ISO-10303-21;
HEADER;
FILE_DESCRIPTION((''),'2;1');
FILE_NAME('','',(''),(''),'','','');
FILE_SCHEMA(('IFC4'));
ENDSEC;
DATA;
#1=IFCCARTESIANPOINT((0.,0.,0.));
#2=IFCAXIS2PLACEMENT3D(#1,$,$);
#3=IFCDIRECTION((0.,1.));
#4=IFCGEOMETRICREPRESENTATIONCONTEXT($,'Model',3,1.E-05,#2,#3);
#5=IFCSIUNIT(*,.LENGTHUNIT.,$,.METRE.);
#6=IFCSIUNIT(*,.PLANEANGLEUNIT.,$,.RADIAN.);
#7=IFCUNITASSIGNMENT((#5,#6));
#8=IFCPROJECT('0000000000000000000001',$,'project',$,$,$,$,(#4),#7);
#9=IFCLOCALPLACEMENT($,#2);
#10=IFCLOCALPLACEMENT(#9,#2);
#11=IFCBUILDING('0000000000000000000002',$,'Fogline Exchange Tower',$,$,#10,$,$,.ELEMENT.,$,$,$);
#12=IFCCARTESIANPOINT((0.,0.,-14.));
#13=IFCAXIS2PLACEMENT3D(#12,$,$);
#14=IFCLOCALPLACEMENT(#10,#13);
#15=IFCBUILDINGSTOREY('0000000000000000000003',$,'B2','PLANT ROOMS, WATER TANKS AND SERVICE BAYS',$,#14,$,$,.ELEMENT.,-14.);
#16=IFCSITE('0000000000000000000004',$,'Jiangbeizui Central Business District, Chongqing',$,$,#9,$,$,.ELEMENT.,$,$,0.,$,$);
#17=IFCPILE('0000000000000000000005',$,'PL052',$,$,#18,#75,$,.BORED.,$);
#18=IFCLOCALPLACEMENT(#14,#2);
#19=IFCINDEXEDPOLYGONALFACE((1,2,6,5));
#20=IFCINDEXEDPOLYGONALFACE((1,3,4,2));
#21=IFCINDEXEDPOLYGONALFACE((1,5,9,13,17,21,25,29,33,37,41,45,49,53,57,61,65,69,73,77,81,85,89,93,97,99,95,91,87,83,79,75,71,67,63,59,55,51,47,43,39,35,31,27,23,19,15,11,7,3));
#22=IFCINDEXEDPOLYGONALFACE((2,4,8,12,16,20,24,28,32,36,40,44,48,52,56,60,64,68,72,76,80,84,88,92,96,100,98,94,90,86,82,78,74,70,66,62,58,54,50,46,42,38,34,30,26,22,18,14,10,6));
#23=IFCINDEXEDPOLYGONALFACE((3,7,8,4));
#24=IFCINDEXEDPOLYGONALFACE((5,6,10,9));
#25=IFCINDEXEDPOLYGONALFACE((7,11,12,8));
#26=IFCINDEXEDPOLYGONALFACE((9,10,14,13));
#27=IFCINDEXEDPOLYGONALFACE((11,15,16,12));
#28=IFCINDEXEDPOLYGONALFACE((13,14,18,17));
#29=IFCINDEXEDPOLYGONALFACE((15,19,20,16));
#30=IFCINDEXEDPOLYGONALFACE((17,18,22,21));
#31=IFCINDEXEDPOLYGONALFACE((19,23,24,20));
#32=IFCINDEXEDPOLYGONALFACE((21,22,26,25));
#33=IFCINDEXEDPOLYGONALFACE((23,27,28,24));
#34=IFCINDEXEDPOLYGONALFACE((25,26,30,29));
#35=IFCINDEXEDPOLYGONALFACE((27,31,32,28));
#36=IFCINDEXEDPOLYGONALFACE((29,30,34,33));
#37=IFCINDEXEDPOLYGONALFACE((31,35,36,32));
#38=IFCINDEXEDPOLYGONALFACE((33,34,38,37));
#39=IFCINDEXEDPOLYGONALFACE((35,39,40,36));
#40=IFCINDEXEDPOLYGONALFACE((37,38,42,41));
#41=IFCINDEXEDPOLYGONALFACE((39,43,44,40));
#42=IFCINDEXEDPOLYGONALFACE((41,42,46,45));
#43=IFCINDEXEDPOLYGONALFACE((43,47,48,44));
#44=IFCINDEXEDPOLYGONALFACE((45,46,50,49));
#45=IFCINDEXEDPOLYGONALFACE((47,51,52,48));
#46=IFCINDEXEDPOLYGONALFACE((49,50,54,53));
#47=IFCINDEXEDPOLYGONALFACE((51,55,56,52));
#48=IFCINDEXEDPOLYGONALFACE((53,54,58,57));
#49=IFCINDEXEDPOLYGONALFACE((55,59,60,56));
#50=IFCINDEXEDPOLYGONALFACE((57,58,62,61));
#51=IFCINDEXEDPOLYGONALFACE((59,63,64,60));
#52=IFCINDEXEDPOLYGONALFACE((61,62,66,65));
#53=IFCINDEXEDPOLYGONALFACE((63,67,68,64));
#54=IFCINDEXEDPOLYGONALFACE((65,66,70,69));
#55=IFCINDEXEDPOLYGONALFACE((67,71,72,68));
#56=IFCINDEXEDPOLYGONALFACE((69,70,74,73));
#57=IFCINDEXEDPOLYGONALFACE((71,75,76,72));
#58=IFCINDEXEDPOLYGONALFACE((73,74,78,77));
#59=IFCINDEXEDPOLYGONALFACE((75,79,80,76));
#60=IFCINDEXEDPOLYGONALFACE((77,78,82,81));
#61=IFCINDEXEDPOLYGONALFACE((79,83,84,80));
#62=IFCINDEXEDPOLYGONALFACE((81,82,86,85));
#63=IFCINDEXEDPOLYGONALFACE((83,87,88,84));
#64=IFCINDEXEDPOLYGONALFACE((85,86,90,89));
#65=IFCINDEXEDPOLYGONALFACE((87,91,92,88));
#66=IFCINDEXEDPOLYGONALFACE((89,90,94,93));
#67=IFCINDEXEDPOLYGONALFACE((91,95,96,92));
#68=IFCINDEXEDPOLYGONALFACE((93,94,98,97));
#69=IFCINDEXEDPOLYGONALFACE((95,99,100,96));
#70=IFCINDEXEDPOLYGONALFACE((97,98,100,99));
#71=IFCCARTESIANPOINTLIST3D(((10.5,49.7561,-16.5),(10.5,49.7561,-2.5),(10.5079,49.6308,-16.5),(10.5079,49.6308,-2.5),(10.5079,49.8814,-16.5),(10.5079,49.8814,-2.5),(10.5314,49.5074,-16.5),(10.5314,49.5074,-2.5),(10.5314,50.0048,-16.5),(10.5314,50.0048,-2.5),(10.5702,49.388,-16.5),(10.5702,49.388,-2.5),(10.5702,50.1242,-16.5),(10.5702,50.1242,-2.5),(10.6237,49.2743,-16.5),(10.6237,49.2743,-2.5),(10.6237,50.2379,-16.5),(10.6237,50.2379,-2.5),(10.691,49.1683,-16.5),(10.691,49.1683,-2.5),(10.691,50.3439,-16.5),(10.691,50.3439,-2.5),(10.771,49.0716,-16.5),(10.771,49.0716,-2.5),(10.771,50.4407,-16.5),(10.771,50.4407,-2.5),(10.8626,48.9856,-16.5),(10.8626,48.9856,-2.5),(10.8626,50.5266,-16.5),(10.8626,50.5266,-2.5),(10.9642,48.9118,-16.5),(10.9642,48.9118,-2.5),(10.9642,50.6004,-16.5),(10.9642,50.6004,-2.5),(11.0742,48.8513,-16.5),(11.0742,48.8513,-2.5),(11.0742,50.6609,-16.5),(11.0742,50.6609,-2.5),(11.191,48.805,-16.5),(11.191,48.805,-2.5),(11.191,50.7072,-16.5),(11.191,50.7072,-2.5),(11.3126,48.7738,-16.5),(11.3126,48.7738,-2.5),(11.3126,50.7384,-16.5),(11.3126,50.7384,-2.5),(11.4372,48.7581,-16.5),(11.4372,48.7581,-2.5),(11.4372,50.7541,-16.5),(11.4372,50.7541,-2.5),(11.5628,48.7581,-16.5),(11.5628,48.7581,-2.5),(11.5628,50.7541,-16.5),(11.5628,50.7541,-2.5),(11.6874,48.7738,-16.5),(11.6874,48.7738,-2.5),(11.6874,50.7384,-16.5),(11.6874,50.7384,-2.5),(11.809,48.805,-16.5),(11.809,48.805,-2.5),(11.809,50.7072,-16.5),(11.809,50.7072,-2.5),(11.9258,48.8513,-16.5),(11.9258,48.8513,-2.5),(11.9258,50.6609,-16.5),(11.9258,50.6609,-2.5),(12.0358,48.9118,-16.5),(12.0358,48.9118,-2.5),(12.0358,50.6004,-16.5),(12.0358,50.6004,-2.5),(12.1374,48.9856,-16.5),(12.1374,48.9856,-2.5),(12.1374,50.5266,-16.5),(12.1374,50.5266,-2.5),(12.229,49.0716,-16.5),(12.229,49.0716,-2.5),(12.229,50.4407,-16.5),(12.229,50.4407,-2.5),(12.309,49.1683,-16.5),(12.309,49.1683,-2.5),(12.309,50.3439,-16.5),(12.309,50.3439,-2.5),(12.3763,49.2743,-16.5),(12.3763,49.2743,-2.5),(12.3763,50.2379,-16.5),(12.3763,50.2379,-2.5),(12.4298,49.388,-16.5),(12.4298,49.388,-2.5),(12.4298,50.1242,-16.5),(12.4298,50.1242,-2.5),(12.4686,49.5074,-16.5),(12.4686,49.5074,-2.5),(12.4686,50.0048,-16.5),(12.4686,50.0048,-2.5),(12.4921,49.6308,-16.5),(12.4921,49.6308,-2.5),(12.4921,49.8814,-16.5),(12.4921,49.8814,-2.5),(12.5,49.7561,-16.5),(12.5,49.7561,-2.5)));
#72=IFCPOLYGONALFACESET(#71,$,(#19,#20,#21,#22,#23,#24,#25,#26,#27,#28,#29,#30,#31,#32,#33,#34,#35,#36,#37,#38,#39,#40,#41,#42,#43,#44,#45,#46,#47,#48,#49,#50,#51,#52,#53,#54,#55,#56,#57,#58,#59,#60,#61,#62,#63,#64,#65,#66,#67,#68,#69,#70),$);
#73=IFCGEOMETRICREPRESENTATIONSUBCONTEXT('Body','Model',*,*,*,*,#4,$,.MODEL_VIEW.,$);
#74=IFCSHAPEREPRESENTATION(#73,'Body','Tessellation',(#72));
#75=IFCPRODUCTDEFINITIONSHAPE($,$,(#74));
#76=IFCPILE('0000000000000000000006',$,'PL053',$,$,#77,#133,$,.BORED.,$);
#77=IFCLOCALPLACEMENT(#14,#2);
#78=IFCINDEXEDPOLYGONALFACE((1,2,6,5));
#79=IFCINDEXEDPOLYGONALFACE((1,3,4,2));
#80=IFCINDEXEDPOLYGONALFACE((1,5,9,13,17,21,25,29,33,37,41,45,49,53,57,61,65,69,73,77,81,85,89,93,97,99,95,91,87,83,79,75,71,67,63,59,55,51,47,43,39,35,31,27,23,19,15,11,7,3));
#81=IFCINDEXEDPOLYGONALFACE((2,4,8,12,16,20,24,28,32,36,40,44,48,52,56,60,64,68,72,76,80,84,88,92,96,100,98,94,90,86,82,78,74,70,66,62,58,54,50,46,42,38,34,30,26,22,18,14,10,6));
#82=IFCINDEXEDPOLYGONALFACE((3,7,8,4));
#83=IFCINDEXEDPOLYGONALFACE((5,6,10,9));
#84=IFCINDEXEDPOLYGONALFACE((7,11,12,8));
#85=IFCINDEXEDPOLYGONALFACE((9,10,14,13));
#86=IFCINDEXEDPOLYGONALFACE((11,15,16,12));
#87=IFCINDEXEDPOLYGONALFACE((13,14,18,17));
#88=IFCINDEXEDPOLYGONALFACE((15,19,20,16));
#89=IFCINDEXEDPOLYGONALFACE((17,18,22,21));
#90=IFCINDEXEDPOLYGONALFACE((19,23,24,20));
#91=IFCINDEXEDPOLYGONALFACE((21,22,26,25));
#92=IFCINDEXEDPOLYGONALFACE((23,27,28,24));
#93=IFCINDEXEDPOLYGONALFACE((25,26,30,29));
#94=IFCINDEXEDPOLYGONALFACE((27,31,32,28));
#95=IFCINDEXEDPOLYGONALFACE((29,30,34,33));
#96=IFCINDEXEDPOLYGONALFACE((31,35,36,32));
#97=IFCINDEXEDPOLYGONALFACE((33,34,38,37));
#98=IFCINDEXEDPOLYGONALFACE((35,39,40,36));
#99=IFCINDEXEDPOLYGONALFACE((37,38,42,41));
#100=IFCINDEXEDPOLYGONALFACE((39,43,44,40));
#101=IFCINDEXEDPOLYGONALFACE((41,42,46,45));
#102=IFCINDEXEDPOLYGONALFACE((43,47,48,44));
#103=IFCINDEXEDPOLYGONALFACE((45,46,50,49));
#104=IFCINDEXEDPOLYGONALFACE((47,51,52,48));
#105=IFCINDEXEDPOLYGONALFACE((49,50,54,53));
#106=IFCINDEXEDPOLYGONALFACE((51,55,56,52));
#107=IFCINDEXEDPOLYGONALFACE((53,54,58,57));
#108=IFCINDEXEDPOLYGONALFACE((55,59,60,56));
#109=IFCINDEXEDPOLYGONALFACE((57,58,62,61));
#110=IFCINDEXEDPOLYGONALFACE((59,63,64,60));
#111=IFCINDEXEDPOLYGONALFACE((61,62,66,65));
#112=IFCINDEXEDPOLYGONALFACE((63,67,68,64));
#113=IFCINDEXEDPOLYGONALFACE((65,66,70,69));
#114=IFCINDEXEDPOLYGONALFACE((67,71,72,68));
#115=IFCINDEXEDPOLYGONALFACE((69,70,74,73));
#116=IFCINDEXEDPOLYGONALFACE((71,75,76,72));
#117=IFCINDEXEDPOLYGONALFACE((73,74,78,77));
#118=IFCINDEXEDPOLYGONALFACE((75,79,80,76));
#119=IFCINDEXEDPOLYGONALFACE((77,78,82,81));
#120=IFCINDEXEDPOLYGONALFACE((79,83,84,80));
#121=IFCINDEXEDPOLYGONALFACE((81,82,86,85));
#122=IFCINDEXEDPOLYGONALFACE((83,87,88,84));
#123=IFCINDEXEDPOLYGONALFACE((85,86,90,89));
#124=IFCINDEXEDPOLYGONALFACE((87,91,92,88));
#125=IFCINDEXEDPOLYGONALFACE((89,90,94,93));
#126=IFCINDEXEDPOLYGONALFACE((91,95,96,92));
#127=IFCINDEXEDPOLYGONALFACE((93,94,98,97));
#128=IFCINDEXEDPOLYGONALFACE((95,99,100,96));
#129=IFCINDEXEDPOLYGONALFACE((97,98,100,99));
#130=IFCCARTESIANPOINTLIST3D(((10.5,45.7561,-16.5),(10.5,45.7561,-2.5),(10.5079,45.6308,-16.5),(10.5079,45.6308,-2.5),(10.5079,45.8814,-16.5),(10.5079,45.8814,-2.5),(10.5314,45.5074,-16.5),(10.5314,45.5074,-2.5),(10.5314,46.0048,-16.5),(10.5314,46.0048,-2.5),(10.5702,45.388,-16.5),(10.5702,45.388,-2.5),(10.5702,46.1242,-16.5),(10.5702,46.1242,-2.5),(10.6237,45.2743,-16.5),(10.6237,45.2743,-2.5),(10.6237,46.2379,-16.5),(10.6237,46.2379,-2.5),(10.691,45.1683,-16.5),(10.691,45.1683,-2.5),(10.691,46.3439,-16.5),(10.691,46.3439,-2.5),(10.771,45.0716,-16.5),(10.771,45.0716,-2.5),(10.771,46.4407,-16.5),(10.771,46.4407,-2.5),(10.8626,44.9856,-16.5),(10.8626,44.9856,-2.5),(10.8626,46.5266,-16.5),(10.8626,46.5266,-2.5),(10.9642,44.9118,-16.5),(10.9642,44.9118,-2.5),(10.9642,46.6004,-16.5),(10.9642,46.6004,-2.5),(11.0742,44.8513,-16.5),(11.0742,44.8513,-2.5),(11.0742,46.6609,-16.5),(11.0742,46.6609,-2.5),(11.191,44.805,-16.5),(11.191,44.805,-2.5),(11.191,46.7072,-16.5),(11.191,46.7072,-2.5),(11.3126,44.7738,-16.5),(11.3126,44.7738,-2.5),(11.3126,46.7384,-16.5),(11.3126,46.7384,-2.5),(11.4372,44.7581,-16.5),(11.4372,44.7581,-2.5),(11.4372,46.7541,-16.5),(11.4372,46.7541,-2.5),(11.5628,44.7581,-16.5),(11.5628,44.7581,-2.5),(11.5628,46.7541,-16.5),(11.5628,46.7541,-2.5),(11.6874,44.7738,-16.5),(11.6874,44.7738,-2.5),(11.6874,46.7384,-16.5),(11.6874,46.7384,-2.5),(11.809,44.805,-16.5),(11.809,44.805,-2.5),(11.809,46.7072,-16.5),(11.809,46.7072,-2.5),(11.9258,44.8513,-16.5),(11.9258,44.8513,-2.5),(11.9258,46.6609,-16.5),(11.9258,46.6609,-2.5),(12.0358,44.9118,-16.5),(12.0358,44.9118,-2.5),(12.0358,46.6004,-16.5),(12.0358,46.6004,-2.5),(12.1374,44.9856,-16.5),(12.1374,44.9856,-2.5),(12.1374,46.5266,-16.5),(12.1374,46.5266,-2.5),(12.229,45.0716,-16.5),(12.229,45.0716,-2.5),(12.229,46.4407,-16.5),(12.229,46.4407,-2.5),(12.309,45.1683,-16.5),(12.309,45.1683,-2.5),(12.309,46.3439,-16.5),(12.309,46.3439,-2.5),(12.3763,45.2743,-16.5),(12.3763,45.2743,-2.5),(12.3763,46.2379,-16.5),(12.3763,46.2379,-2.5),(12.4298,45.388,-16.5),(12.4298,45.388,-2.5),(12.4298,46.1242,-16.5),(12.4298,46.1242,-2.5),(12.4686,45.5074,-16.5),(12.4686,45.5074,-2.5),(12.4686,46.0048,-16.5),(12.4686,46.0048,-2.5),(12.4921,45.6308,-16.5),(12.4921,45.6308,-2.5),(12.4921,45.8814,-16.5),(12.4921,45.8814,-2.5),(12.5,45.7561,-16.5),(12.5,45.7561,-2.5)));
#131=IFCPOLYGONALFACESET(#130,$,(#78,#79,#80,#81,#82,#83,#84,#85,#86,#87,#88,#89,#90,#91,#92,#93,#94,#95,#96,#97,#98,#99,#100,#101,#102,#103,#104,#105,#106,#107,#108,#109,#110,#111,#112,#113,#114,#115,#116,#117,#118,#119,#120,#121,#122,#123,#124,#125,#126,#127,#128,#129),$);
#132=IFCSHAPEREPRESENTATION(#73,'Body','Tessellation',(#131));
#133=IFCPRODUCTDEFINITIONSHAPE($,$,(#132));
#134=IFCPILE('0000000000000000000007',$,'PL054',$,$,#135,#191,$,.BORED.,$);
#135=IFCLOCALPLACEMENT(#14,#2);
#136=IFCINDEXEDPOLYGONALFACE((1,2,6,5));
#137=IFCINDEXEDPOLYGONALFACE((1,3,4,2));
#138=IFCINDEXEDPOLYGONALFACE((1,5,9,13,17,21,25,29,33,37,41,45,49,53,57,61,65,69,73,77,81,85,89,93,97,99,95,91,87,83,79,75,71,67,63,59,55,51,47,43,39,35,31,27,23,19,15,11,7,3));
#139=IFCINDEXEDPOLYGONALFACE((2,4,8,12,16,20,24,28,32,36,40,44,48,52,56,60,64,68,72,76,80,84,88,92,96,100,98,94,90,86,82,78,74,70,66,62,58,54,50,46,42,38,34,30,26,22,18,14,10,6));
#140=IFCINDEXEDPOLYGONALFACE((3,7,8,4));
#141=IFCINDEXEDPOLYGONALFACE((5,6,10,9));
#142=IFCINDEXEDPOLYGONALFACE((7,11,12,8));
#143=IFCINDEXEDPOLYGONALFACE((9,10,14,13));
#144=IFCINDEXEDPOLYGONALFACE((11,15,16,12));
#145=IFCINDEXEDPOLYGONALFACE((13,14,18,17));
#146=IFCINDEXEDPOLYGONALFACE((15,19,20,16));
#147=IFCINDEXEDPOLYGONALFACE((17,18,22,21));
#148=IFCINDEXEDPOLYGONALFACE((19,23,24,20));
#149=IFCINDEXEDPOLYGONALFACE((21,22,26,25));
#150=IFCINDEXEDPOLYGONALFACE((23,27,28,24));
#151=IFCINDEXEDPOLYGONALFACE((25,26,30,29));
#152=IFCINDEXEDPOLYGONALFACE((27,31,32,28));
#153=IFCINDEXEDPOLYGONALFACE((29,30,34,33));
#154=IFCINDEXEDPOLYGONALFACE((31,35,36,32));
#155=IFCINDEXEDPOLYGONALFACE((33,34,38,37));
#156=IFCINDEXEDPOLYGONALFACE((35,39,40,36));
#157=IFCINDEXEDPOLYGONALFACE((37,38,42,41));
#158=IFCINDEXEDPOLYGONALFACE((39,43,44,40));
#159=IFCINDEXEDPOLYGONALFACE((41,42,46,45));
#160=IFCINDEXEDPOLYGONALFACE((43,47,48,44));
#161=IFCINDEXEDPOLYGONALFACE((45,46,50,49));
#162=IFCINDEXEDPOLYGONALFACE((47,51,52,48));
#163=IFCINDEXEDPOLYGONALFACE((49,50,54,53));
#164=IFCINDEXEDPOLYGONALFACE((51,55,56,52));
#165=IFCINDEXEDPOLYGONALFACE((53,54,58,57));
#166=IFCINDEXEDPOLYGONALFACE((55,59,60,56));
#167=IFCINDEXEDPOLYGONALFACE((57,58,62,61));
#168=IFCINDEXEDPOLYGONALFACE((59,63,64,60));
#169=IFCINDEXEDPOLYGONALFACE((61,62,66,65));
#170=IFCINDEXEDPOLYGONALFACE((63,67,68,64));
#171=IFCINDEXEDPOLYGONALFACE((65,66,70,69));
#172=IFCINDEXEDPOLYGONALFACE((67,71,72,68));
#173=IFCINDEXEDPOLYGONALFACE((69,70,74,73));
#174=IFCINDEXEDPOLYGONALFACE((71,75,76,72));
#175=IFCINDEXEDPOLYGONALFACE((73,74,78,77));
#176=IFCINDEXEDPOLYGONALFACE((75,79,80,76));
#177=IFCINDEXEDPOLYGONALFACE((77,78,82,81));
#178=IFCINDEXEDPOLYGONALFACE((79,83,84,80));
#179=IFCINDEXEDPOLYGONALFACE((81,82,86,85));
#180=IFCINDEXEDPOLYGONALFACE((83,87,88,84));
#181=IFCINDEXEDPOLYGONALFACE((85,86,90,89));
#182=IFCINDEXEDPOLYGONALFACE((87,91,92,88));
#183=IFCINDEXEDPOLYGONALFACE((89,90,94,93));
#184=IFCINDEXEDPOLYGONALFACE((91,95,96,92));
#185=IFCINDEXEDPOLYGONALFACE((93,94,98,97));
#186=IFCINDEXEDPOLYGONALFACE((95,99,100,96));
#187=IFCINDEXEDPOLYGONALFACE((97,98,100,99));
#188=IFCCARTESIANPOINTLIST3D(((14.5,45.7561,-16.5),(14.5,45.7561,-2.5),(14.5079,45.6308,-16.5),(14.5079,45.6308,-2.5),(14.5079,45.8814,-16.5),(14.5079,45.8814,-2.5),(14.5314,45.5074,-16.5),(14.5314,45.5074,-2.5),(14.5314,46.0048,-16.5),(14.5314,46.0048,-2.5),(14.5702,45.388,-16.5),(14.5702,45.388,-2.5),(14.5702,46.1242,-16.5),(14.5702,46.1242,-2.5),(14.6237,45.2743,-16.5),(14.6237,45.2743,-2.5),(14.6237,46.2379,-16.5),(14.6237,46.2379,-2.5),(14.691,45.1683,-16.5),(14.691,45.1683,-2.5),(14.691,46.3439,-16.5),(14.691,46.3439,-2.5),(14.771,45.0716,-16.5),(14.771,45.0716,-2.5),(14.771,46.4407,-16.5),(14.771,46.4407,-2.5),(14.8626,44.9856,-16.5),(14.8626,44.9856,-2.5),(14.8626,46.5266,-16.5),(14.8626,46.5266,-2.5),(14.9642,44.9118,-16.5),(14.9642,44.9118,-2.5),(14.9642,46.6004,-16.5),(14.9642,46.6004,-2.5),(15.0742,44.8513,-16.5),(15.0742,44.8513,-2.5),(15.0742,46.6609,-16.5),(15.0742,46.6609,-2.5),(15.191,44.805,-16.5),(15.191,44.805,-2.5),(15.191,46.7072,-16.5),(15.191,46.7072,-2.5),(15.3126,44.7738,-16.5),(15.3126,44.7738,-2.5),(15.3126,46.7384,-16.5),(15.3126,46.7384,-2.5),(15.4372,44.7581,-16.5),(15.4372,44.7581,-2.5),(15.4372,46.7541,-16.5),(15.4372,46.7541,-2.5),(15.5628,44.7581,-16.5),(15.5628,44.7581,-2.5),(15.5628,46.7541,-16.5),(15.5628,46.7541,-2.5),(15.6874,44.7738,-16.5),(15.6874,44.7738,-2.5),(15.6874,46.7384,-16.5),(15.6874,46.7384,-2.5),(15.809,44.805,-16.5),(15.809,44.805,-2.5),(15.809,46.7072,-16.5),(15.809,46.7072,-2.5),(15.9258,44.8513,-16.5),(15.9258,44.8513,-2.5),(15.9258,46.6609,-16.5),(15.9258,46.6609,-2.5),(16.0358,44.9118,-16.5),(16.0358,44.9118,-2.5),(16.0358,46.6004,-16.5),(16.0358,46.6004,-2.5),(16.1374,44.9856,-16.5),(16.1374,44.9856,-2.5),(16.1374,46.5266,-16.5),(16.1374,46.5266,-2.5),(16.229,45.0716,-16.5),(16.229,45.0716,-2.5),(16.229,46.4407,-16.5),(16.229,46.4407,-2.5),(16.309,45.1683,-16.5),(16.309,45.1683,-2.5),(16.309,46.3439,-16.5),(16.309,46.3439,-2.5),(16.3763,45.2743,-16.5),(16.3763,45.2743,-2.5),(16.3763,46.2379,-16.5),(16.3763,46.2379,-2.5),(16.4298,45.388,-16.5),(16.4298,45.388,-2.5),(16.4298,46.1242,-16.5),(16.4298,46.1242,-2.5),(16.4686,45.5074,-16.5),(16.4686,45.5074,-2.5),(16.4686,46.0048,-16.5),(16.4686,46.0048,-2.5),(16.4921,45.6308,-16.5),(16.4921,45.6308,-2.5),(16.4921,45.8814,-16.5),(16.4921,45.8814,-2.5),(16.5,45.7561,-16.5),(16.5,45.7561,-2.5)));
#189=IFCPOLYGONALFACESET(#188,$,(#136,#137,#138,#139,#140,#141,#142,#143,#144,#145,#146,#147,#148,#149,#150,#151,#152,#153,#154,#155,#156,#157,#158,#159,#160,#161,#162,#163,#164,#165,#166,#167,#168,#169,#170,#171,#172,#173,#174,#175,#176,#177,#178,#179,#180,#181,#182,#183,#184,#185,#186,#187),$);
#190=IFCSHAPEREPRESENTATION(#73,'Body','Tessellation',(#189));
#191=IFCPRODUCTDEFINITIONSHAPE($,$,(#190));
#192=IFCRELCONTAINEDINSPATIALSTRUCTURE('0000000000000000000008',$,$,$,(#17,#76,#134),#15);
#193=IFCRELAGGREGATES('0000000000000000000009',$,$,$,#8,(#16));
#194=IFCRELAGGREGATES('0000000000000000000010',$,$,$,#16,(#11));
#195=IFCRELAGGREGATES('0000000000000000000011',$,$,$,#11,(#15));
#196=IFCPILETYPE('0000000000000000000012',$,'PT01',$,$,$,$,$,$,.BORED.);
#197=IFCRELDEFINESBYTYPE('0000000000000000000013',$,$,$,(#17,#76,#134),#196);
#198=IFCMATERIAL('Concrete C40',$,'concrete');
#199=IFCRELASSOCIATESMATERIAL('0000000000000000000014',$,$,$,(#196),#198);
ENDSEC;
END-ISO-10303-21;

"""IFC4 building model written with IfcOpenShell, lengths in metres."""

from ifc_helpers import new_model, si_unit, direction, frame, origin, origin_2d, place, context, subcontext, project, spatial, circle, extrude, material, material_profile, profile_set, type_object, element, save


model = new_model("IFC4")

# Units and contexts
model_context = context("Model", 3, precision=1e-05, world=origin(), true_north=direction((0.0, 1.0)))
body_context = subcontext(model_context, "Body", "Model", "MODEL_VIEW")
ifc_project = project(units=[si_unit("LENGTHUNIT", "METRE"), si_unit("PLANEANGLEUNIT", "RADIAN")], contexts=[model_context])

# Site, building, storey
site_placement = place(None, origin())
site = spatial("IfcSite", under=ifc_project, at=site_placement, Name="Jiangbeizui Central Business District, Chongqing", CompositionType="ELEMENT", RefElevation=0.0)
building_placement = place(site_placement, origin())
building = spatial("IfcBuilding", under=site, at=building_placement, Name="Fogline Exchange Tower", CompositionType="ELEMENT")
storey_placement = place(building_placement, frame((0.0, 0.0, -14.0)))
storey = spatial("IfcBuildingStorey", under=building, at=storey_placement, Name="B2", Description="PLANT ROOMS, WATER TANKS AND SERVICE BAYS", CompositionType="ELEMENT", Elevation=-14.0)

# Piles
ifc_material_1 = material(Name="Concrete C40", Category="concrete")
ifc_material_profile_1 = material_profile(ifc_material_1, circle(Radius=1.0, at=origin_2d()), Name="RC D2000")
ifc_profile_set_1 = profile_set([ifc_material_profile_1], Name="Concrete C40")
pile_type = type_object("IfcPileType", Name="PT01", PredefinedType="BORED", material=ifc_profile_set_1)
for number, where, z_axis, x_axis, name in (
    (1, (11.5, 49.7561, -2.5), (0.0, 0.0, -1.0), (1.0, 0.0, 0.0), "PL052"),
    (2, (11.5, 45.7561, -2.5), (0.0, 0.0, -1.0), (1.0, 0.0, 0.0), "PL053"),
    (3, (15.5, 45.7561, -2.5), (0.0, 0.0, -1.0), (1.0, 0.0, 0.0), "PL054"),
):
    element("IfcPile", number, at=place(storey_placement, frame(where, z_axis=z_axis, x_axis=x_axis)), inside=storey, type_object=pile_type, Name=name, PredefinedType="BORED", context=body_context, shape_type="SweptSolid", body=[
        extrude(circle(Radius=1.0, at=origin_2d()), origin(), (0.0, 0.0, 1.0), 14.0),
    ])

save(model, "model.ifc")
